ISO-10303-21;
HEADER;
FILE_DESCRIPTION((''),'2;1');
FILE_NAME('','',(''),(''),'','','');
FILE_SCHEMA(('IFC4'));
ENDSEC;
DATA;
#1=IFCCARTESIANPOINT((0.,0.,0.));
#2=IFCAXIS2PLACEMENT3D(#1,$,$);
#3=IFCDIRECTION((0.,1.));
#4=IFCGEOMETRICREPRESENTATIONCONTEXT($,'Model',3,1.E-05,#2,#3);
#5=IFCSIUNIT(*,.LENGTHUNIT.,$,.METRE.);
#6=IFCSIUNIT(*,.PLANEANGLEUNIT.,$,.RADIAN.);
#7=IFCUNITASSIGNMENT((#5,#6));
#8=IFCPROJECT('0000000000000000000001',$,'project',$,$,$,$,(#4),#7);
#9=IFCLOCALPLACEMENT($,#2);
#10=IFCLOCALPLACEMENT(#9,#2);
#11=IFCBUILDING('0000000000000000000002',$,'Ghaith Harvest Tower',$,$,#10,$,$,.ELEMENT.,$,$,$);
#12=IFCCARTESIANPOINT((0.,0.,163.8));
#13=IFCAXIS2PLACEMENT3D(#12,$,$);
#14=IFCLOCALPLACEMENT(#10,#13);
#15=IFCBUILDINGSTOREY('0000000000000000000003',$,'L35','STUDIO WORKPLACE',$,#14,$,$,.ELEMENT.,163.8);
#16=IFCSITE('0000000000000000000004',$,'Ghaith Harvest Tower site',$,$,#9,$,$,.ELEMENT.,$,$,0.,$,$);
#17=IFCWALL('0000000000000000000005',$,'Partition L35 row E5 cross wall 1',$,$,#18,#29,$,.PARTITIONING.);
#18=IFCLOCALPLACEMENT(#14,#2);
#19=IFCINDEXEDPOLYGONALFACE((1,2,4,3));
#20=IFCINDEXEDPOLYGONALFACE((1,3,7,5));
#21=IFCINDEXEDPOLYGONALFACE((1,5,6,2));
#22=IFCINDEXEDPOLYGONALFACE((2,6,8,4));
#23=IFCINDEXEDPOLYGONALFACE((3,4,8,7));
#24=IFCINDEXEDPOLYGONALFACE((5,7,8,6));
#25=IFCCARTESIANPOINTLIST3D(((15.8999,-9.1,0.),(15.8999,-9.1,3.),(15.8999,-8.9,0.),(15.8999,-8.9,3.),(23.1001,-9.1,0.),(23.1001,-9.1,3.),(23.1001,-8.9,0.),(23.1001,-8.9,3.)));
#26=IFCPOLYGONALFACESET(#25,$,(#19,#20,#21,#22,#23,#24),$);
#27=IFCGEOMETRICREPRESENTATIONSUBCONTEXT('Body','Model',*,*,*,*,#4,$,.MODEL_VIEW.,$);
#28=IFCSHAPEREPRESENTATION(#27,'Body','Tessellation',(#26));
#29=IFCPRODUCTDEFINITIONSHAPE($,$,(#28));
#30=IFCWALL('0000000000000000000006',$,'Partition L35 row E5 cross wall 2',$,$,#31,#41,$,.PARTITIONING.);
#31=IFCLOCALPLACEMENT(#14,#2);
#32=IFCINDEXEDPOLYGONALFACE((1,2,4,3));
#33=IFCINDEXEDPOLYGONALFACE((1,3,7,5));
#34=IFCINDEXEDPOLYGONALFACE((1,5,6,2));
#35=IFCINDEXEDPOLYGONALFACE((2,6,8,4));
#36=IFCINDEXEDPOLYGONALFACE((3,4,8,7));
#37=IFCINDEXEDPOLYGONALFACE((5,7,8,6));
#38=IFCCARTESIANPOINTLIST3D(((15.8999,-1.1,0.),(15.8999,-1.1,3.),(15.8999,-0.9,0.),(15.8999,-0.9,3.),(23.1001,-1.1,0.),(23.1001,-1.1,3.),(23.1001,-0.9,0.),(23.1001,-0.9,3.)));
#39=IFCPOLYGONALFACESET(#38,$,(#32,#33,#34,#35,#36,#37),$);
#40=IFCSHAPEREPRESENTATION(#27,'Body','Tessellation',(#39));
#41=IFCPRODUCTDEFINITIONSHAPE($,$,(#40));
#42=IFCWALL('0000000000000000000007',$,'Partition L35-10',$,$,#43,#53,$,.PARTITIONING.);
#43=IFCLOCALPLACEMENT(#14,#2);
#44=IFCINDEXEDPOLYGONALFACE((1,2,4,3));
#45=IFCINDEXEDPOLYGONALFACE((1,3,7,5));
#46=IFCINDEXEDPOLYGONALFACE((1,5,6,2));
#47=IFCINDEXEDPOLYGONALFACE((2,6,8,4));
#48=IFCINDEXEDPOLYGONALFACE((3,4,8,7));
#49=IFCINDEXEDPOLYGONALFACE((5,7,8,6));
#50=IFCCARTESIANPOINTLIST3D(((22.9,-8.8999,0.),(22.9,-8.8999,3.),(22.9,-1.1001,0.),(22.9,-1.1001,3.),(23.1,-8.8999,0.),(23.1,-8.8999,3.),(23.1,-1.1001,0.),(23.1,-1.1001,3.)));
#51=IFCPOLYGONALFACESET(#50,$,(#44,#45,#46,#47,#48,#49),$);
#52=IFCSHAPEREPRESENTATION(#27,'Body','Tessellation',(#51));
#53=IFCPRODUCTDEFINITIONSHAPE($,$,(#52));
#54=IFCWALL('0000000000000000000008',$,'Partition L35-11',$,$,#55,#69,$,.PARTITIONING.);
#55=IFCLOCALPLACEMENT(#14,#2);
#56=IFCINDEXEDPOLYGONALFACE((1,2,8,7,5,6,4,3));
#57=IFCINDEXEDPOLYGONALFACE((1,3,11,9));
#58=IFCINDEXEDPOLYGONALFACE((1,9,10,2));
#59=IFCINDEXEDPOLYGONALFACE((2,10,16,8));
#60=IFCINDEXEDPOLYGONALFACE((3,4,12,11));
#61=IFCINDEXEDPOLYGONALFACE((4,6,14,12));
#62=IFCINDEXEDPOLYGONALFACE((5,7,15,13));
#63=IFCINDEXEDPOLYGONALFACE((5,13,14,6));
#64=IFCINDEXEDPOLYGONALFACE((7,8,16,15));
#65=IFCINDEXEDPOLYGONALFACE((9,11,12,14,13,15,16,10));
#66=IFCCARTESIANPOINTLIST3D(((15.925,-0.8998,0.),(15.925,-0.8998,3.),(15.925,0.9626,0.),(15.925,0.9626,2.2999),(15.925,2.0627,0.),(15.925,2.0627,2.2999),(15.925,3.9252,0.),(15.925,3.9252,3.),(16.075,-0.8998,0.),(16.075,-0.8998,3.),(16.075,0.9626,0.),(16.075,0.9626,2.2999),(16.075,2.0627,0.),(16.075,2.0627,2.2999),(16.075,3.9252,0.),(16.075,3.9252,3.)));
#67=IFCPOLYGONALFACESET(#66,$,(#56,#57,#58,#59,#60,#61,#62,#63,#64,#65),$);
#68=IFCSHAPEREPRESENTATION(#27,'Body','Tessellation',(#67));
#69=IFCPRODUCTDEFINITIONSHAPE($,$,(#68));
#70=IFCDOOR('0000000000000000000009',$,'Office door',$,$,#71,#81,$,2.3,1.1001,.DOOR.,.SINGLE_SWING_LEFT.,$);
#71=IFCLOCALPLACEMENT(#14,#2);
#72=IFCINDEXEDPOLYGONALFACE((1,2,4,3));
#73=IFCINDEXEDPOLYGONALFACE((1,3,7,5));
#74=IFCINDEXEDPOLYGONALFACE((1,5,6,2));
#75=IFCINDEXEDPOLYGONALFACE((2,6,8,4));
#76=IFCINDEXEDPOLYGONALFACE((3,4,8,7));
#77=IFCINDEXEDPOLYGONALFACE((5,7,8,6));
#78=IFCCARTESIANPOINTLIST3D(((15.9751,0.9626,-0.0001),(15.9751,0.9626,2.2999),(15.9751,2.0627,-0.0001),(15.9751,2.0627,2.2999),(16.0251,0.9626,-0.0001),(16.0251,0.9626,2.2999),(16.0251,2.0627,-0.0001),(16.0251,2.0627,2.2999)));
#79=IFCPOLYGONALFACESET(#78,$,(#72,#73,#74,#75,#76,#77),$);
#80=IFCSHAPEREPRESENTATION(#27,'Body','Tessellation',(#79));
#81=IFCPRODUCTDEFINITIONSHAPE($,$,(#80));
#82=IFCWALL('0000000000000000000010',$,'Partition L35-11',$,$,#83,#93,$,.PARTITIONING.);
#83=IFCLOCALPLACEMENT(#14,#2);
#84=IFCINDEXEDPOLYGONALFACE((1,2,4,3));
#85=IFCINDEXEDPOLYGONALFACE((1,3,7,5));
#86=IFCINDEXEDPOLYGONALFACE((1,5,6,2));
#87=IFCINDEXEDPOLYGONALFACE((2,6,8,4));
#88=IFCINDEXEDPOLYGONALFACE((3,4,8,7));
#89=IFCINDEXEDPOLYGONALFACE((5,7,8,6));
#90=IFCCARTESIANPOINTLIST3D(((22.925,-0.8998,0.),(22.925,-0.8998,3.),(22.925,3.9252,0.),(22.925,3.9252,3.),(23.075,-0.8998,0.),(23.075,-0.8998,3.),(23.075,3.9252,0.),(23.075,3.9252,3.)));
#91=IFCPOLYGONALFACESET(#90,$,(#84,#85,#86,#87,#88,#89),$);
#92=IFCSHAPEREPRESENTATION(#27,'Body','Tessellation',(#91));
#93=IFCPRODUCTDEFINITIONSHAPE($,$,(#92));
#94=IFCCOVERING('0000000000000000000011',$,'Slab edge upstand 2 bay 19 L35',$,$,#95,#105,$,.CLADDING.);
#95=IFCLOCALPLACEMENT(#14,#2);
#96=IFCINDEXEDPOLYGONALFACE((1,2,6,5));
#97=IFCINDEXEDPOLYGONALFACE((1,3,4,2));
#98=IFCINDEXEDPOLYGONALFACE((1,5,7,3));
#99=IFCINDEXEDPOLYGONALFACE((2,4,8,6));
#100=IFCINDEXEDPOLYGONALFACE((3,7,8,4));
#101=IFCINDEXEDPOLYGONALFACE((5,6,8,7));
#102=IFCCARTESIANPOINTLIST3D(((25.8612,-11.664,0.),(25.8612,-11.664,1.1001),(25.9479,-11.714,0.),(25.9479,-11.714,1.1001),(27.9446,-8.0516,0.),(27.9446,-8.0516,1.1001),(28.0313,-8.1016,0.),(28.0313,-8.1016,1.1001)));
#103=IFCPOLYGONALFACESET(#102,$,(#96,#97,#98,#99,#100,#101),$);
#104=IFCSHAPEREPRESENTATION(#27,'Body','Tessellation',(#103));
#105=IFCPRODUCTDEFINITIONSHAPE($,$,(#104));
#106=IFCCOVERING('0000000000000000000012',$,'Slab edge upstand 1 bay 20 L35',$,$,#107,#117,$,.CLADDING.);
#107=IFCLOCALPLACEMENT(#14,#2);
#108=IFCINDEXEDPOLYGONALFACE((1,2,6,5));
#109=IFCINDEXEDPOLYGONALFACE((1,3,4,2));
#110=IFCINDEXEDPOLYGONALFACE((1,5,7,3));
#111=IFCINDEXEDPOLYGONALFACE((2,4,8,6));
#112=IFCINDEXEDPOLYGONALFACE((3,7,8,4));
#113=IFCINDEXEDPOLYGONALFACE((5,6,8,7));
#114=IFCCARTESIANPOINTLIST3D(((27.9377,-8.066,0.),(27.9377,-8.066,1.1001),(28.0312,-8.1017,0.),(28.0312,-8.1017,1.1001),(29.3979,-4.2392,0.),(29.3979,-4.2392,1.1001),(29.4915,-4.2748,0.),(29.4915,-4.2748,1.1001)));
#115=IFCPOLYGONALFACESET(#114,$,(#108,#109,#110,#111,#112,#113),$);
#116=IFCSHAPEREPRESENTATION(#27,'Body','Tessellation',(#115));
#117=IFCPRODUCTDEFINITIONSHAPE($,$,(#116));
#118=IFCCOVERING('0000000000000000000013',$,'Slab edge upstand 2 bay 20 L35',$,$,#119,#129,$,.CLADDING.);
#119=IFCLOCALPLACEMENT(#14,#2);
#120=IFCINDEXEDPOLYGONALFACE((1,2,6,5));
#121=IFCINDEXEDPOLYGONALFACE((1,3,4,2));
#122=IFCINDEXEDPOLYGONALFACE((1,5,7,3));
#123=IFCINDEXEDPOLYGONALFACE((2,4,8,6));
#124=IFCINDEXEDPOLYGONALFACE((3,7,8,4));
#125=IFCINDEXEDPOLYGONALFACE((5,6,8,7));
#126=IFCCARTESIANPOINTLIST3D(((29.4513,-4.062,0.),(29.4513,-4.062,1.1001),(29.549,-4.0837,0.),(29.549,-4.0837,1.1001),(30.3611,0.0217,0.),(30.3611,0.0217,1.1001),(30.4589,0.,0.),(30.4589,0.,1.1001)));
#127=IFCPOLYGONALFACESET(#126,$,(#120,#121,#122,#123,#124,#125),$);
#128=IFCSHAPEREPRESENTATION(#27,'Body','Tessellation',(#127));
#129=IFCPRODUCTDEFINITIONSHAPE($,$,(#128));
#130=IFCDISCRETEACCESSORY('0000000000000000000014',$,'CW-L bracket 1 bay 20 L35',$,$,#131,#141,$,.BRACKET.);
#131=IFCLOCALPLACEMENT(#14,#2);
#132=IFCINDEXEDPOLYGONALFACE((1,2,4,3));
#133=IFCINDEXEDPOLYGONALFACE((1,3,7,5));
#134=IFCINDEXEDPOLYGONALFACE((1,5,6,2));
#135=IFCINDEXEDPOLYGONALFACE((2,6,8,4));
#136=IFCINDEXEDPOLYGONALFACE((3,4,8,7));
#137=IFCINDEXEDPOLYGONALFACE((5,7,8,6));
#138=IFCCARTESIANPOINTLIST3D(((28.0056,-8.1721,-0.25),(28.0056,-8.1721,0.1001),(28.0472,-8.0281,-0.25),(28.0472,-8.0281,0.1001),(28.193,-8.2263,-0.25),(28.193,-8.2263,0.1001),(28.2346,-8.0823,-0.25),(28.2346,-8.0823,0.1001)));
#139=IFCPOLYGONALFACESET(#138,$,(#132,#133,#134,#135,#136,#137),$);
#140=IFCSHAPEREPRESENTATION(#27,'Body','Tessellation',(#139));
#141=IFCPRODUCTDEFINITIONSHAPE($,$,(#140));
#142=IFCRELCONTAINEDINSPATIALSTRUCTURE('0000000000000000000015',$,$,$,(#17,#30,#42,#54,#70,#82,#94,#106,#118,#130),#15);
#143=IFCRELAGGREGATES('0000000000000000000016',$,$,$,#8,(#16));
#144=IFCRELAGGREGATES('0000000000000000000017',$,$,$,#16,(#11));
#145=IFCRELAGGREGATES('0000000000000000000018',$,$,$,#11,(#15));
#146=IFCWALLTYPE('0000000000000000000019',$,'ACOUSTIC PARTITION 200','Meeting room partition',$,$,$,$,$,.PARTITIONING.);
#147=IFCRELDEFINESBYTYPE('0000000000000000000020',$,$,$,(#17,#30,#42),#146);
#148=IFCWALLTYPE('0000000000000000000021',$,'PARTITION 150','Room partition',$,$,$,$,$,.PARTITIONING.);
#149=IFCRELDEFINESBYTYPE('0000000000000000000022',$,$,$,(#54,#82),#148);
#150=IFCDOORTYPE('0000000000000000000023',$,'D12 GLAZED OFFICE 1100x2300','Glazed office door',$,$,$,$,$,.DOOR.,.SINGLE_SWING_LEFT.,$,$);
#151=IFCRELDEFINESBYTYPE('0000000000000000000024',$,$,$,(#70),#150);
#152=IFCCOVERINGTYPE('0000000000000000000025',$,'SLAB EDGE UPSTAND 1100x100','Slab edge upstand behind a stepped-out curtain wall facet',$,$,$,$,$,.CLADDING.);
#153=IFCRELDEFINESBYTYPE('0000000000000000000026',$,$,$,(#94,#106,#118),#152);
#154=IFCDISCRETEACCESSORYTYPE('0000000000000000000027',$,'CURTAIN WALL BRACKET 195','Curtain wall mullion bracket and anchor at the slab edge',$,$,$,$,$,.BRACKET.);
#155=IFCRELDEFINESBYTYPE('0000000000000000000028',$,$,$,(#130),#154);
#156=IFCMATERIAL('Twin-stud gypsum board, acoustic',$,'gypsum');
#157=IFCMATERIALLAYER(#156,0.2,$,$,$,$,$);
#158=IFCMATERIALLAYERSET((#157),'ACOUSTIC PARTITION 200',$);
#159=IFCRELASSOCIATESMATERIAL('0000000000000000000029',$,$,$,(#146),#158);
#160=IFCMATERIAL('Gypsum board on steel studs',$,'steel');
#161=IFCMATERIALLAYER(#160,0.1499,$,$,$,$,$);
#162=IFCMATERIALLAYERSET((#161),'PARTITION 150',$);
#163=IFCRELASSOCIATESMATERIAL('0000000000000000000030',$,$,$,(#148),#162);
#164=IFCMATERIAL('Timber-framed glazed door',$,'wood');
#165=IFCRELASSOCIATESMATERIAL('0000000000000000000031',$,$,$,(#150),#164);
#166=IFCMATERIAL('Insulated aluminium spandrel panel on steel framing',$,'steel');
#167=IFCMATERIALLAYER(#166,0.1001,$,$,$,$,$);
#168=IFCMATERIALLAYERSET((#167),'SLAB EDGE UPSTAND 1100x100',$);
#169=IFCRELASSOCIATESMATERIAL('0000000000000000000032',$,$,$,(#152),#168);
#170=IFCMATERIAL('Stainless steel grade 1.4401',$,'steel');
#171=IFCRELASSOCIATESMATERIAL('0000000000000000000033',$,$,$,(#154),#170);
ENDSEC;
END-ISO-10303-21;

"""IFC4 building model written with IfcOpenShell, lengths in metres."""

from ifc_helpers import new_model, si_unit, direction, frame, frame_2d, origin, origin_2d, place, context, subcontext, project, spatial, rectangle, extrude, material, layer, layer_set, type_object, element, fill, save


model = new_model("IFC4")

# Units and contexts
model_context = context("Model", 3, precision=1e-05, world=origin(), true_north=direction((0.0, 1.0)))
body_context = subcontext(model_context, "Body", "Model", "MODEL_VIEW")
ifc_project = project(units=[si_unit("LENGTHUNIT", "METRE"), si_unit("PLANEANGLEUNIT", "RADIAN")], contexts=[model_context])

# Site, building, storey
site_placement = place(None, origin())
site = spatial("IfcSite", under=ifc_project, at=site_placement, Name="Ghaith Harvest Tower site", CompositionType="ELEMENT", RefElevation=0.0)
building_placement = place(site_placement, origin())
building = spatial("IfcBuilding", under=site, at=building_placement, Name="Ghaith Harvest Tower", CompositionType="ELEMENT")
storey_placement = place(building_placement, frame((0.0, 0.0, 163.8)))
storey = spatial("IfcBuildingStorey", under=building, at=storey_placement, Name="L35", Description="STUDIO WORKPLACE", CompositionType="ELEMENT", Elevation=163.8)

# Walls
ifc_material_1 = material(Name="Twin-stud gypsum board, acoustic", Category="gypsum")
ifc_layer_1 = layer(ifc_material_1, 0.2)
ifc_layer_set_1 = layer_set([ifc_layer_1], Name="ACOUSTIC PARTITION 200")
wall_type_1 = type_object("IfcWallType", Name="ACOUSTIC PARTITION 200", Description="Meeting room partition", PredefinedType="PARTITIONING", material=ifc_layer_set_1)
for number, where, z_axis, x_axis, name in (
    (1, (15.8999, -9.0, 0.0), (0.0, 0.0, 1.0), (1.0, 0.0, 0.0), "Partition L35 row E5 cross wall 1"),
    (2, (15.8999, -1.0, 0.0), (0.0, 0.0, 1.0), (1.0, 0.0, 0.0), "Partition L35 row E5 cross wall 2"),
):
    element("IfcWall", number, at=place(storey_placement, frame(where, z_axis=z_axis, x_axis=x_axis)), inside=storey, type_object=wall_type_1, Name=name, PredefinedType="PARTITIONING", context=body_context, shape_type="SweptSolid", body=[
        extrude(rectangle(XDim=7.2002, YDim=0.2, at=frame_2d((3.6001, 0.0))), origin(), (0.0, 0.0, 1.0), 3.0),
    ])

# Wall
wall_1_placement = place(storey_placement, frame((23.0, -8.8999, 0.0), z_axis=(0.0, 0.0, 1.0), x_axis=(0.0, 1.0, 0.0)))
element("IfcWall", 3, at=wall_1_placement, inside=storey, type_object=wall_type_1, Name="Partition L35-10", PredefinedType="PARTITIONING", context=body_context, shape_type="SweptSolid", body=[
    extrude(rectangle(XDim=7.7998, YDim=0.2, at=frame_2d((3.8999, 0.0))), origin(), (0.0, 0.0, 1.0), 3.0),
])

# Wall, opening, door
ifc_material_2 = material(Name="Gypsum board on steel studs", Category="steel")
ifc_layer_2 = layer(ifc_material_2, 0.1499)
ifc_layer_set_2 = layer_set([ifc_layer_2], Name="PARTITION 150")
wall_type_2 = type_object("IfcWallType", Name="PARTITION 150", Description="Room partition", PredefinedType="PARTITIONING", material=ifc_layer_set_2)
wall_2_placement = place(storey_placement, frame((16.0, -0.8999, 0.0), z_axis=(0.0, 0.0, 1.0), x_axis=(0.0, 1.0, 0.0)))
wall_2 = element("IfcWall", 4, at=wall_2_placement, inside=storey, type_object=wall_type_2, Name="Partition L35-11", PredefinedType="PARTITIONING", context=body_context, shape_type="SweptSolid", body=[
    extrude(rectangle(XDim=4.825, YDim=0.1499, at=frame_2d((2.4126, 0.0))), origin(), (0.0, 0.0, 1.0), 3.0),
])
opening_1_placement = place(wall_2_placement, frame((1.8625, 0.0, 0.0)))
opening_1 = element("IfcOpeningElement", 5, at=opening_1_placement, cuts=wall_2, PredefinedType="OPENING", context=body_context, shape_type="SweptSolid", body=[
    extrude(rectangle(XDim=1.1001, YDim=2.3, at=frame_2d((0.55, 1.1499))), frame((0.0, 0.085, 0.0), z_axis=(0.0, -1.0, 0.0), x_axis=(1.0, 0.0, 0.0)), (0.0, 0.0, 1.0), 0.1699),
])
ifc_material_3 = material(Name="Timber-framed glazed door", Category="wood")
door_type_1 = type_object("IfcDoorType", Name="D12 GLAZED OFFICE 1100x2300", Description="Glazed office door", OperationType="SINGLE_SWING_LEFT", PredefinedType="DOOR", material=ifc_material_3)
door_1_placement = place(opening_1_placement, origin())
door_1 = element("IfcDoor", 6, at=door_1_placement, inside=storey, type_object=door_type_1, Name="Office door", OperationType="SINGLE_SWING_LEFT", OverallHeight=2.3, OverallWidth=1.1001, PredefinedType="DOOR", context=body_context, shape_type="SweptSolid", body=[
    extrude(rectangle(XDim=1.1001, YDim=2.3, at=frame_2d((0.55, 1.1499))), frame((0.0, 0.0249, 0.0), z_axis=(0.0, -1.0, 0.0), x_axis=(1.0, 0.0, 0.0)), (0.0, 0.0, 1.0), 0.05),
])
fill(opening_1, door_1)

# Wall
wall_3_placement = place(storey_placement, frame((23.0, -0.8999, 0.0), z_axis=(0.0, 0.0, 1.0), x_axis=(0.0, 1.0, 0.0)))
element("IfcWall", 7, at=wall_3_placement, inside=storey, type_object=wall_type_2, Name="Partition L35-11", PredefinedType="PARTITIONING", context=body_context, shape_type="SweptSolid", body=[
    extrude(rectangle(XDim=4.825, YDim=0.1499, at=frame_2d((2.4126, 0.0))), origin(), (0.0, 0.0, 1.0), 3.0),
])

# Coverings
ifc_material_4 = material(Name="Insulated aluminium spandrel panel on steel framing", Category="steel")
ifc_layer_3 = layer(ifc_material_4, 0.1001)
ifc_layer_set_3 = layer_set([ifc_layer_3], Name="SLAB EDGE UPSTAND 1100x100")
covering_type = type_object("IfcCoveringType", Name="SLAB EDGE UPSTAND 1100x100", Description="Slab edge upstand behind a stepped-out curtain wall facet", PredefinedType="CLADDING", material=ifc_layer_set_3)
covering_1_placement = place(storey_placement, frame((26.9463, -9.8828, 0.0), z_axis=(0.0, 0.0, 1.0), x_axis=(0.499596, 0.866258, 0.0)))
element("IfcCovering", 8, at=covering_1_placement, inside=storey, type_object=covering_type, Name="Slab edge upstand 2 bay 19 L35", PredefinedType="CLADDING", context=body_context, shape_type="SweptSolid", body=[
    extrude(rectangle(XDim=4.1702, YDim=0.1001, at=origin_2d()), origin(), (0.0, 0.0, 1.0), 1.1001),
])
covering_2_placement = place(storey_placement, frame((28.7146, -6.1704, 0.0), z_axis=(0.0, 0.0, 1.0), x_axis=(0.356504, 0.934294, 0.0)))
element("IfcCovering", 9, at=covering_2_placement, inside=storey, type_object=covering_type, Name="Slab edge upstand 1 bay 20 L35", PredefinedType="CLADDING", context=body_context, shape_type="SweptSolid", body=[
    extrude(rectangle(XDim=4.0959, YDim=0.1001, at=origin_2d()), origin(), (0.0, 0.0, 1.0), 1.1001),
])
covering_3_placement = place(storey_placement, frame((29.9551, -2.031, 0.0), z_axis=(0.0, 0.0, 1.0), x_axis=(0.217466, 0.976068, 0.0)))
element("IfcCovering", 10, at=covering_3_placement, inside=storey, type_object=covering_type, Name="Slab edge upstand 2 bay 20 L35", PredefinedType="CLADDING", context=body_context, shape_type="SweptSolid", body=[
    extrude(rectangle(XDim=4.1838, YDim=0.1001, at=origin_2d()), origin(), (0.0, 0.0, 1.0), 1.1001),
])

# Discrete accessory
ifc_material_5 = material(Name="Stainless steel grade 1.4401", Category="steel")
discrete_accessory_type = type_object("IfcDiscreteAccessoryType", Name="CURTAIN WALL BRACKET 195", Description="Curtain wall mullion bracket and anchor at the slab edge", PredefinedType="BRACKET", material=ifc_material_5)
discrete_accessory_placement = place(storey_placement, frame((28.1201, -8.1272, -0.25), z_axis=(0.0, 0.0, 1.0), x_axis=(0.96068, -0.277657, 0.0)))
element("IfcDiscreteAccessory", 11, at=discrete_accessory_placement, inside=storey, type_object=discrete_accessory_type, Name="CW-L bracket 1 bay 20 L35", PredefinedType="BRACKET", context=body_context, shape_type="SweptSolid", body=[
    extrude(rectangle(XDim=0.1951, YDim=0.1499, at=origin_2d()), origin(), (0.0, 0.0, 1.0), 0.3501),
])

save(model, "model.ifc")
